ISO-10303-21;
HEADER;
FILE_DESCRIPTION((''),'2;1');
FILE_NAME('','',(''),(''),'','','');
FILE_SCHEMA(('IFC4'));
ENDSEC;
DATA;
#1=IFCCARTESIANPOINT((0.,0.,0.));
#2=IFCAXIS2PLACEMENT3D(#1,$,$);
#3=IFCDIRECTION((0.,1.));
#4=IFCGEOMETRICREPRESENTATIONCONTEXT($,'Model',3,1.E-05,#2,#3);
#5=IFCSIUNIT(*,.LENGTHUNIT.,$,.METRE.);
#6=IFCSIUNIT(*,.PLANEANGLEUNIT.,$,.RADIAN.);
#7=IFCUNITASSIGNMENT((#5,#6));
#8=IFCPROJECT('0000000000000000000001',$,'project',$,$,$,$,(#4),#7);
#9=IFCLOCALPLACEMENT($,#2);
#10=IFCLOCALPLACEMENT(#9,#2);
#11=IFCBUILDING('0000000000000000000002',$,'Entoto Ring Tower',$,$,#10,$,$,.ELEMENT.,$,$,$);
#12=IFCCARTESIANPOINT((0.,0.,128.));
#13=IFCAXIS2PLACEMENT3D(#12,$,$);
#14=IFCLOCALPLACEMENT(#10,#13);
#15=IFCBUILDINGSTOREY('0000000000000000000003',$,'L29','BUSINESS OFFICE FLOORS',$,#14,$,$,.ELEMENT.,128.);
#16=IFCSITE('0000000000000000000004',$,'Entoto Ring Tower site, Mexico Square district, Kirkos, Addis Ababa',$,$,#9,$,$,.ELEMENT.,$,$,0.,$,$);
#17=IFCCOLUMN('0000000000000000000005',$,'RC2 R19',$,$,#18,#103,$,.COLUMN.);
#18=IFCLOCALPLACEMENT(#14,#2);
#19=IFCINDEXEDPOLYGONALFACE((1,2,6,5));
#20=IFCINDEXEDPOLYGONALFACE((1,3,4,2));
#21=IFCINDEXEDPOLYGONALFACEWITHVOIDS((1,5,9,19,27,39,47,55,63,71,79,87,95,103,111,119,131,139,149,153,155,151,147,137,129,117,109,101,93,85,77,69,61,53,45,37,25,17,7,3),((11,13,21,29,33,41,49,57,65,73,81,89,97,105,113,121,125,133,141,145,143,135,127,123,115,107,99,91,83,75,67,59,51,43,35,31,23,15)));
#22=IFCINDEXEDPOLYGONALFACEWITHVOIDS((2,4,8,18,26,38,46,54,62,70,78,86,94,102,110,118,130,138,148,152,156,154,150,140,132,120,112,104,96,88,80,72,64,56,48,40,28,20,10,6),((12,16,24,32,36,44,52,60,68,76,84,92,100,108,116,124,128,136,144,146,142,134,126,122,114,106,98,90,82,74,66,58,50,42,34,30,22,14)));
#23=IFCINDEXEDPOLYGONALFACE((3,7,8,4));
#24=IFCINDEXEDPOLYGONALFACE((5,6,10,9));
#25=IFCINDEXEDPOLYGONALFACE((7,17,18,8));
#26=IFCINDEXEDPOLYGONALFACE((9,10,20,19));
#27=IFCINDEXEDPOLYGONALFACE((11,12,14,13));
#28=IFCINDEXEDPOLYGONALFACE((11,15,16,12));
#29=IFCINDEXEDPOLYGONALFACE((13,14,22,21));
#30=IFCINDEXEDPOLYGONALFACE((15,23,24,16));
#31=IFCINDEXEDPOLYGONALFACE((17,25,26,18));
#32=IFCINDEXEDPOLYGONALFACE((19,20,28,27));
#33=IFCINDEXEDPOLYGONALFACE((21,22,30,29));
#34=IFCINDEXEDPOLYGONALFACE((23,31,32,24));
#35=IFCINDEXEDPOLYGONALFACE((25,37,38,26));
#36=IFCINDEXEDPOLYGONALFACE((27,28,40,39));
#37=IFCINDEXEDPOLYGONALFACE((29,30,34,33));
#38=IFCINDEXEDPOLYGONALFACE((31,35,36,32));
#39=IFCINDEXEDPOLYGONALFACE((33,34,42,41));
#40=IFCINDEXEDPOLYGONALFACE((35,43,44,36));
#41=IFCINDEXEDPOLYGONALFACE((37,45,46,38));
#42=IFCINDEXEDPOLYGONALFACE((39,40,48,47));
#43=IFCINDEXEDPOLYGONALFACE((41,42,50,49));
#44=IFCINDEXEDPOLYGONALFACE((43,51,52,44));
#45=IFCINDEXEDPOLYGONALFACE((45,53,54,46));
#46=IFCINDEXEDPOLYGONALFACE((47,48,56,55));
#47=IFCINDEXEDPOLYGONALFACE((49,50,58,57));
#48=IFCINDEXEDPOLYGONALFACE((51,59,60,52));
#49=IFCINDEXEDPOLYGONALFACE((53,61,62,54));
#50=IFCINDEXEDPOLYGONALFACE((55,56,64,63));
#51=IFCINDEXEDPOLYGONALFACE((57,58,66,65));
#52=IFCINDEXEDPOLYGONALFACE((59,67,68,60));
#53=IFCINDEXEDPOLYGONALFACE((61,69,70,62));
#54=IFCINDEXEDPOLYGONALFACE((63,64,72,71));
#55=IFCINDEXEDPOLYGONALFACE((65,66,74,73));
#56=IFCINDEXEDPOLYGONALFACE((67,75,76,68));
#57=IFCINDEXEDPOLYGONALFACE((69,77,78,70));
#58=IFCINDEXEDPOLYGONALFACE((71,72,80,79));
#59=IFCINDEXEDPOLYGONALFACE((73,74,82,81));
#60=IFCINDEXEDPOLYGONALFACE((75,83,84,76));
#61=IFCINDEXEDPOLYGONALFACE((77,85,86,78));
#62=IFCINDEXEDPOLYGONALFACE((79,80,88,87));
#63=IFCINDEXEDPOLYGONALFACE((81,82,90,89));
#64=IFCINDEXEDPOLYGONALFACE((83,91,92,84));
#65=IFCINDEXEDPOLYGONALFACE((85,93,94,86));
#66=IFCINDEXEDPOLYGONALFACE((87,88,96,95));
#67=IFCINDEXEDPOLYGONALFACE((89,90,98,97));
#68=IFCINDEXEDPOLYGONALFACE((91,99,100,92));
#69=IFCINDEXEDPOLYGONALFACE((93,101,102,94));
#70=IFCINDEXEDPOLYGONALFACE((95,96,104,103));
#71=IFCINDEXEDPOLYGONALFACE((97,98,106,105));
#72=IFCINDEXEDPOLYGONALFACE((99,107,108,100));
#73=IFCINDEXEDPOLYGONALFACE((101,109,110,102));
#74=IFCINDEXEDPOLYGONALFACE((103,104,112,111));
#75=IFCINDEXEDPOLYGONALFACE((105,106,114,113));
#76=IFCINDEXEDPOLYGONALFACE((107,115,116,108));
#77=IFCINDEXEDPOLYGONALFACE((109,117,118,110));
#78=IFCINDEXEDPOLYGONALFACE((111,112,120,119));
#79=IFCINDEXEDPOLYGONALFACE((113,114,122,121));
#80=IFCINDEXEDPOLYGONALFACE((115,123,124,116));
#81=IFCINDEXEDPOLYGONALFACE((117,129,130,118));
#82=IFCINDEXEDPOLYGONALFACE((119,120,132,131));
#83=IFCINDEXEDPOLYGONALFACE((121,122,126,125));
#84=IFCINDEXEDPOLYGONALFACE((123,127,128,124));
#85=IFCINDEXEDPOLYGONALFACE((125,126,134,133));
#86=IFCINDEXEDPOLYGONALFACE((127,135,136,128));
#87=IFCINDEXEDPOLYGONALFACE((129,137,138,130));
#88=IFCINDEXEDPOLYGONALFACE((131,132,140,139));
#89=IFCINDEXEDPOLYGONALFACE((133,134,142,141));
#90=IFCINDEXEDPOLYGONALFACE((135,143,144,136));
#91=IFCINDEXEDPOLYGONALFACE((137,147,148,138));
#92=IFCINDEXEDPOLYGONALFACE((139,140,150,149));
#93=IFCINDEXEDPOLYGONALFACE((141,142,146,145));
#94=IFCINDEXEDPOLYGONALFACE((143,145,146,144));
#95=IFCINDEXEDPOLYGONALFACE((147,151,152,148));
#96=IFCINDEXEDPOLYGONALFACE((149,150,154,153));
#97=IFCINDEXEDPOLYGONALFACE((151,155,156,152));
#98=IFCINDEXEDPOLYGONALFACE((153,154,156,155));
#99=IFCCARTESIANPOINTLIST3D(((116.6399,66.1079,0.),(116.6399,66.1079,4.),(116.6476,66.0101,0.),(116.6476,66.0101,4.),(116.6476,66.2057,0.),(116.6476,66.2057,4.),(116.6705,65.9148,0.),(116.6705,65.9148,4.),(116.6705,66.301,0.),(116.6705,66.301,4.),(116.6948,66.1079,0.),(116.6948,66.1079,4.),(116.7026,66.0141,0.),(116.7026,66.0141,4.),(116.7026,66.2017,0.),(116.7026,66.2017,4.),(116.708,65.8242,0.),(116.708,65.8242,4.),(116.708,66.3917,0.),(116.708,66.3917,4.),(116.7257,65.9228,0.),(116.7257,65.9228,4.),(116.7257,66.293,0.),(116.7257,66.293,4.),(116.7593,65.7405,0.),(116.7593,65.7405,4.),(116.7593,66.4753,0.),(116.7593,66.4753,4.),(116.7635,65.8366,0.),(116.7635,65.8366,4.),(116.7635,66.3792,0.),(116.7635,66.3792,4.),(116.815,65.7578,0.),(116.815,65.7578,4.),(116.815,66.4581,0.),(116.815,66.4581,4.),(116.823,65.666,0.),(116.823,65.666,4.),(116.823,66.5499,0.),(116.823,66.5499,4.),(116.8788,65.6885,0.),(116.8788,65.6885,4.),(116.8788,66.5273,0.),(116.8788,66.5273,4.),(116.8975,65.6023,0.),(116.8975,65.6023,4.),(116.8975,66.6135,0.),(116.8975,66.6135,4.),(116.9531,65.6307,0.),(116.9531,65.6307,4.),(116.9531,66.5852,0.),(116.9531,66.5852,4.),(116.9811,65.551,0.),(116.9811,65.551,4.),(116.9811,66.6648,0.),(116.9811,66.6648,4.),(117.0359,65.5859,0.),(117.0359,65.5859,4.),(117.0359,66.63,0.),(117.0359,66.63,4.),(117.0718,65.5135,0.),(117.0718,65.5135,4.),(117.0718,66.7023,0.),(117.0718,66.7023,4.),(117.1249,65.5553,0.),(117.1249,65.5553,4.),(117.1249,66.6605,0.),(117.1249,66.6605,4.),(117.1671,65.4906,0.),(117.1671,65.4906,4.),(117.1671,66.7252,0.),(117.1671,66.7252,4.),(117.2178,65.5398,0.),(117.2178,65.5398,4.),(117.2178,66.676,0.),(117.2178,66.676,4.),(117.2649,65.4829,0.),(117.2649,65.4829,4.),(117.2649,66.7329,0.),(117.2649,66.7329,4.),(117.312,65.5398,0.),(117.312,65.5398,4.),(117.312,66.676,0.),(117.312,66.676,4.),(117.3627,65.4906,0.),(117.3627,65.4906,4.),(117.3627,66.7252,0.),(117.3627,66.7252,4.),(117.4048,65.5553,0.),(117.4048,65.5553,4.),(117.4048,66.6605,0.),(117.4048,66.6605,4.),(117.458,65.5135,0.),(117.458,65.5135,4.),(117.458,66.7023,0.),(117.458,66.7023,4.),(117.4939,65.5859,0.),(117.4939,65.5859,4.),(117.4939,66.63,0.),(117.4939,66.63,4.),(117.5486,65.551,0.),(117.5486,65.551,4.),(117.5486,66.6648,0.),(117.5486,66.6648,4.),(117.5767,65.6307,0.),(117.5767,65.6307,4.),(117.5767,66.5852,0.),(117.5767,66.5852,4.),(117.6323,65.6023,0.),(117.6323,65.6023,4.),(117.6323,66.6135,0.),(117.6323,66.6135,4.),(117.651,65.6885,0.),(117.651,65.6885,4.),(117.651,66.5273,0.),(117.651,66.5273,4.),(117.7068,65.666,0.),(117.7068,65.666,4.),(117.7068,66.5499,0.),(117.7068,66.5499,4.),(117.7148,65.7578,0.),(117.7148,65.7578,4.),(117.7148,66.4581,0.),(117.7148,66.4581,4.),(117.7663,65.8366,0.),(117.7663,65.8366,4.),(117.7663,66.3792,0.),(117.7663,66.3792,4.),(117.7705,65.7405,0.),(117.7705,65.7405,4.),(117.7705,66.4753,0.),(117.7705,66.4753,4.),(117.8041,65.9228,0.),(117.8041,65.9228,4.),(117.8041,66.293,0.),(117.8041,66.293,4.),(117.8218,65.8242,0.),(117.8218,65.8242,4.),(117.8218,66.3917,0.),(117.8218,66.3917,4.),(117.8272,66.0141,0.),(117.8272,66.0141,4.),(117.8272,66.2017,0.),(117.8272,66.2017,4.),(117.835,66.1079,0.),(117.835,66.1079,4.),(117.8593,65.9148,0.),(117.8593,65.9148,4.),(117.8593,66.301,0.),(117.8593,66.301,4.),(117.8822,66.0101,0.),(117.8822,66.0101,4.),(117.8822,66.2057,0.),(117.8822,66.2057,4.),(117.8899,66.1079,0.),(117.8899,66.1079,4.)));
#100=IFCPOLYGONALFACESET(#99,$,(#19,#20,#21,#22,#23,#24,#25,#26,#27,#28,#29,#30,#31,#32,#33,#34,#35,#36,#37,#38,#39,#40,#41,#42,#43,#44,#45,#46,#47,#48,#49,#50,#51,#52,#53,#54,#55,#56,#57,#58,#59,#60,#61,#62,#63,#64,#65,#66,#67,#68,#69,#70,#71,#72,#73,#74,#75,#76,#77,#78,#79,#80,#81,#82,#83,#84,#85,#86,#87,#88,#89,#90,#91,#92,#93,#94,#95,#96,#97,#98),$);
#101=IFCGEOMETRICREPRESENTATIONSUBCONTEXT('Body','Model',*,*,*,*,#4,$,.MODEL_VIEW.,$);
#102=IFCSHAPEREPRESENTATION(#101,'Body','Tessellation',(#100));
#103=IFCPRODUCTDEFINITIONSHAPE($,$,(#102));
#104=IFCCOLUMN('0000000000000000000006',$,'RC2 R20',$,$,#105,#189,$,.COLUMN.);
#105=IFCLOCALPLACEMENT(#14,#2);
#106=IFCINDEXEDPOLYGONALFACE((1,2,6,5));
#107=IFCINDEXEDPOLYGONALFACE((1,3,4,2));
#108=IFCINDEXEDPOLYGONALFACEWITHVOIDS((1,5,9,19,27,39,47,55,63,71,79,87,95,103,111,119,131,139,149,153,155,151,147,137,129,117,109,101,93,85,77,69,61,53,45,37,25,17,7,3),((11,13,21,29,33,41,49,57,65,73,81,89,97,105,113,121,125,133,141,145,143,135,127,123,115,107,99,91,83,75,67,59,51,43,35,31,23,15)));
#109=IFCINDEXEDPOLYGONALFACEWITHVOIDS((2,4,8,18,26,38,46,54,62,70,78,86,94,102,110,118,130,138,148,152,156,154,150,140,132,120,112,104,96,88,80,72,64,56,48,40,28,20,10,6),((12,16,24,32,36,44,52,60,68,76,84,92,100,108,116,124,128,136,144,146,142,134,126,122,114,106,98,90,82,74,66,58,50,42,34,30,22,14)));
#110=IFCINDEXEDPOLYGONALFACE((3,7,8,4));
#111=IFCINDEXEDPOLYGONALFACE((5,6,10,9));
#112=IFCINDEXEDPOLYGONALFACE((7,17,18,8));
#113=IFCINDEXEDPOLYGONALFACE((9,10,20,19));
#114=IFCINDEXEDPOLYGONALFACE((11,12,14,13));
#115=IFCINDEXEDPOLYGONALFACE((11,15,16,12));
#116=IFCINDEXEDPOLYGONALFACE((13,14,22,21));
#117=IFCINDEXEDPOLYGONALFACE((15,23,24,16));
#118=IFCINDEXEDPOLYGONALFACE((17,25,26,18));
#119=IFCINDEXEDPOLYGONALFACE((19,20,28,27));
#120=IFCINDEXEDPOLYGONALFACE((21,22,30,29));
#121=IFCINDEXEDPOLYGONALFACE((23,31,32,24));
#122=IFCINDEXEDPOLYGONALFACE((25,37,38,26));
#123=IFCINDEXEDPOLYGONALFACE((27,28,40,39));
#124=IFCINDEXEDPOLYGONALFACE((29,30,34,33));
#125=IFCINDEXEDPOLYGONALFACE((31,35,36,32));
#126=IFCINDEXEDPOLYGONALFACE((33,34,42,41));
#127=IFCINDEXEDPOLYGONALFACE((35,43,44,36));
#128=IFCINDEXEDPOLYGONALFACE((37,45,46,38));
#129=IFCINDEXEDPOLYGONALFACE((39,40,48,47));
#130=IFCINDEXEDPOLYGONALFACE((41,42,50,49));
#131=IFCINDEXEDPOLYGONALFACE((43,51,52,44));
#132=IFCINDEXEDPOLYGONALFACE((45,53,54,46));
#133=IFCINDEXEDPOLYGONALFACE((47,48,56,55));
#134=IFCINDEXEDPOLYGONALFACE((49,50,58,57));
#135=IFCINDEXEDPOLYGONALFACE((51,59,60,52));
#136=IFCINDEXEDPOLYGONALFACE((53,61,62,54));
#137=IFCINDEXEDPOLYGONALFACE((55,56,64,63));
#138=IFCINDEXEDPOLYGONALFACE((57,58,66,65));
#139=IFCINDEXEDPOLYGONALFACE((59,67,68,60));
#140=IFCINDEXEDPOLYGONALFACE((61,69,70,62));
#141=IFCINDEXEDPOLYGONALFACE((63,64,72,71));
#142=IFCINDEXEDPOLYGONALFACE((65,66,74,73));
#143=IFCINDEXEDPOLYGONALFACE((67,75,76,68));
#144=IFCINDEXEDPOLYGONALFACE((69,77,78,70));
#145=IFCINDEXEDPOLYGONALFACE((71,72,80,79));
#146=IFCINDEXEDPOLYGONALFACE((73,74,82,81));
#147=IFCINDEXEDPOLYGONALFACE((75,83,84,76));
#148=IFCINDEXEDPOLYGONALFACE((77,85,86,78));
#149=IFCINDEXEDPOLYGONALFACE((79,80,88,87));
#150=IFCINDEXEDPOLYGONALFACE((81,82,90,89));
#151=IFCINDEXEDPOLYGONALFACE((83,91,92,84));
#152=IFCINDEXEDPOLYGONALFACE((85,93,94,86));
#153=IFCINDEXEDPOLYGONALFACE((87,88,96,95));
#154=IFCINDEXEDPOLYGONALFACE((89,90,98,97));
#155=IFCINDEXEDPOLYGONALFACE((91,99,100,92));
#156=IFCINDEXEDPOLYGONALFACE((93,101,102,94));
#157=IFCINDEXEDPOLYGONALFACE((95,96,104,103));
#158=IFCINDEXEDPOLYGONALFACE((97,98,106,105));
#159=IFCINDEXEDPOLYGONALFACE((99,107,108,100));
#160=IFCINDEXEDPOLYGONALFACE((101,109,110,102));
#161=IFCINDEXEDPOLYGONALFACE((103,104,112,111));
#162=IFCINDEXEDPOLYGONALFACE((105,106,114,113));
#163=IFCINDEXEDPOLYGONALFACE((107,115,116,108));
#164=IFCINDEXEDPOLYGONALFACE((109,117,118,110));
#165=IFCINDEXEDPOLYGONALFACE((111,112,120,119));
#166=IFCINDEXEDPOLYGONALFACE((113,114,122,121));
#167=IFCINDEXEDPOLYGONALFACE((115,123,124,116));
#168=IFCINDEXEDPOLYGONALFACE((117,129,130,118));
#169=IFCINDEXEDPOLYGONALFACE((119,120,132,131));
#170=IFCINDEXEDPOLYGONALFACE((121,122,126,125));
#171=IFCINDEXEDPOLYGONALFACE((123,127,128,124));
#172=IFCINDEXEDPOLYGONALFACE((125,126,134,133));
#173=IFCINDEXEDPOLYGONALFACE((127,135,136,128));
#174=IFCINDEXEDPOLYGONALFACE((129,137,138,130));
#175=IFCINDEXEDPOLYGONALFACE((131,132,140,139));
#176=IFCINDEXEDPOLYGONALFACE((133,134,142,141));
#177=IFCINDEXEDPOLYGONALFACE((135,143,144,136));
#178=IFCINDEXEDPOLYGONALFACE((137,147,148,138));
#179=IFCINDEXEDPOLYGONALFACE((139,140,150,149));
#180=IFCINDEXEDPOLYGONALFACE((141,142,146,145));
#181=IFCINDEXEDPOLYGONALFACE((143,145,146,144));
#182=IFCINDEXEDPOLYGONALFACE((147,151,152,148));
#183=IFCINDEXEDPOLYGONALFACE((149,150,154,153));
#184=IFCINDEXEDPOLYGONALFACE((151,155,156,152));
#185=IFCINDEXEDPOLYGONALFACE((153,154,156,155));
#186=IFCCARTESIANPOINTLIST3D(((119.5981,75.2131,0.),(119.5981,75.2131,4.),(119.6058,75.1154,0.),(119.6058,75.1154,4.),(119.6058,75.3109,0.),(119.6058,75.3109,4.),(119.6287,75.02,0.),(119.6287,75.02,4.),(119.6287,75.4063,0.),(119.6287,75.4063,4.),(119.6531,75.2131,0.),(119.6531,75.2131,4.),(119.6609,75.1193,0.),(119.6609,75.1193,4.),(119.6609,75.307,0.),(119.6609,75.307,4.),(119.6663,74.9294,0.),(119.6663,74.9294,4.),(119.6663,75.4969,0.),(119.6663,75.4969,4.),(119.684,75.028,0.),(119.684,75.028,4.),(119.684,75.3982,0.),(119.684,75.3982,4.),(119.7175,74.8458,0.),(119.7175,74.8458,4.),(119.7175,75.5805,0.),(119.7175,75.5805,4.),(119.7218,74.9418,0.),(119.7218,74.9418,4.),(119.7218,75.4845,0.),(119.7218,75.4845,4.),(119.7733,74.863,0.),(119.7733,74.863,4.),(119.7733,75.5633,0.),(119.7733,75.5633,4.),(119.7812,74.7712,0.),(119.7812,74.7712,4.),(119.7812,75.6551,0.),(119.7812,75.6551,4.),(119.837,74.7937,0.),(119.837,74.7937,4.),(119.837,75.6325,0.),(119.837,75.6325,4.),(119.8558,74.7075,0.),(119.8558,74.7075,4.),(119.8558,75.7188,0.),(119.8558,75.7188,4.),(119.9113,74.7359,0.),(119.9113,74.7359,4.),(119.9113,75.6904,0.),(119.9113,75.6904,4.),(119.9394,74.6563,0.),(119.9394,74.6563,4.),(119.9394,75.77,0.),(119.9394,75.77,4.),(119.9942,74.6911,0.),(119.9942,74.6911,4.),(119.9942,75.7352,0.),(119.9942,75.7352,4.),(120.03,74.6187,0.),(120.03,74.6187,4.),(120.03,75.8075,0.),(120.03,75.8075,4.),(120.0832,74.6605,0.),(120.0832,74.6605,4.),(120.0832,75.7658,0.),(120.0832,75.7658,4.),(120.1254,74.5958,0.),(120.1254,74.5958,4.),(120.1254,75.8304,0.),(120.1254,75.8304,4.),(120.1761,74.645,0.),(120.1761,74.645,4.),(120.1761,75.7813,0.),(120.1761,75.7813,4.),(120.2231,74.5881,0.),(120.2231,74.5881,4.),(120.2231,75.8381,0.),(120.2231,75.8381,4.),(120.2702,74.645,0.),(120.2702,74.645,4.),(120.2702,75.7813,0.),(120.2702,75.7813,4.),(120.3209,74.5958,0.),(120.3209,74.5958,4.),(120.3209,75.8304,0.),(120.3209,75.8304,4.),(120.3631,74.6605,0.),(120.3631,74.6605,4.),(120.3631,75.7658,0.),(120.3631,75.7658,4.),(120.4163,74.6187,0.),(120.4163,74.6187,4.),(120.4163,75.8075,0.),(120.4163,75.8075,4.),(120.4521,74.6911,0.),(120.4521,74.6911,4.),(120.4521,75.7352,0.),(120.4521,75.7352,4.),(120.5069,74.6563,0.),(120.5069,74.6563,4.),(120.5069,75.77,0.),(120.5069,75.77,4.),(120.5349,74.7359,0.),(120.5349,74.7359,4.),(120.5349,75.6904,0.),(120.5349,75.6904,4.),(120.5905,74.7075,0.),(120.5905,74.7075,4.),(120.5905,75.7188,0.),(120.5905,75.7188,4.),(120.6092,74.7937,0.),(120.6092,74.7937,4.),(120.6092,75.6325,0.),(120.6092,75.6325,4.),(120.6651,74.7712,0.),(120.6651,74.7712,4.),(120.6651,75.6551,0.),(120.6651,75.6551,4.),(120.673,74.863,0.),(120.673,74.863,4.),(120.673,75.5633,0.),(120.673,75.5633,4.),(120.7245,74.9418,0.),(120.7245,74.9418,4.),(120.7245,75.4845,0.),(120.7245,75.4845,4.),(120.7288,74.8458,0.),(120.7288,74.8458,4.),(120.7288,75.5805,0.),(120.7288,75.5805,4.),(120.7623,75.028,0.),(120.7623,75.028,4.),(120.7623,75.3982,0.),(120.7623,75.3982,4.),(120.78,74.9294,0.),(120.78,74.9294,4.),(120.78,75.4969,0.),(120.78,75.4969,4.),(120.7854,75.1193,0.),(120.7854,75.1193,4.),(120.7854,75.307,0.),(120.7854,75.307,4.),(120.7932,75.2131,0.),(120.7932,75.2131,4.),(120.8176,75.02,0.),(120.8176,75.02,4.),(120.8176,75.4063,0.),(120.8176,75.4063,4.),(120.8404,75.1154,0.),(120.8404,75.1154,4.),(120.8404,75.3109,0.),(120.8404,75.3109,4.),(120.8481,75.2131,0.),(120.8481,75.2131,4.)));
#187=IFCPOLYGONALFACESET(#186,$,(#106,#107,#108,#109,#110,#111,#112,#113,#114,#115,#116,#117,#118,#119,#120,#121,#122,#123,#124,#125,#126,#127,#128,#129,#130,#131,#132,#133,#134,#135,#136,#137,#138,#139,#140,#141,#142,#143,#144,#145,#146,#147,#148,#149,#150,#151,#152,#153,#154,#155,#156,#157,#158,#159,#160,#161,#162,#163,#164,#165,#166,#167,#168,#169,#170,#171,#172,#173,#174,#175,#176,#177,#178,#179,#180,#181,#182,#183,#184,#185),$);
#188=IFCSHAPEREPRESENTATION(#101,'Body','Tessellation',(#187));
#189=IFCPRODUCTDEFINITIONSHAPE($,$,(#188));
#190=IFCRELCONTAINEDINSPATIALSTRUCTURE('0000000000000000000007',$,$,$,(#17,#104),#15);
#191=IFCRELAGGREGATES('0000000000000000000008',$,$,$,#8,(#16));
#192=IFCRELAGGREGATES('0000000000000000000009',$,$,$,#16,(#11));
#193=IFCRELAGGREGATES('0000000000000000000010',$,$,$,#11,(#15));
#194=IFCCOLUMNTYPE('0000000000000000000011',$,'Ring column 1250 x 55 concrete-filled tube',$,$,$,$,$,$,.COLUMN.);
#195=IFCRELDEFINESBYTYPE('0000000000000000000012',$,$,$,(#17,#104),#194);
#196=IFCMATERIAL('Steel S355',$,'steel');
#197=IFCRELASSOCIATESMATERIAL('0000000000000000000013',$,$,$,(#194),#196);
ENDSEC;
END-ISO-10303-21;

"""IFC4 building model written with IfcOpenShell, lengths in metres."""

from ifc_helpers import new_model, si_unit, direction, frame, origin, origin_2d, place, context, subcontext, project, spatial, circle, hollow_circle, extrude, material, material_profile, profile_set, type_object, element, save


model = new_model("IFC4")

# Units and contexts
model_context = context("Model", 3, precision=1e-05, world=origin(), true_north=direction((0.0, 1.0)))
body_context = subcontext(model_context, "Body", "Model", "MODEL_VIEW")
ifc_project = project(units=[si_unit("LENGTHUNIT", "METRE"), si_unit("PLANEANGLEUNIT", "RADIAN")], contexts=[model_context])

# Site, building, storey
site_placement = place(None, origin())
site = spatial("IfcSite", under=ifc_project, at=site_placement, Name="Entoto Ring Tower site, Mexico Square district, Kirkos, Addis Ababa", CompositionType="ELEMENT", RefElevation=0.0)
building_placement = place(site_placement, origin())
building = spatial("IfcBuilding", under=site, at=building_placement, Name="Entoto Ring Tower", CompositionType="ELEMENT")
storey_placement = place(building_placement, frame((0.0, 0.0, 128.0)))
storey = spatial("IfcBuildingStorey", under=building, at=storey_placement, Name="L29", Description="BUSINESS OFFICE FLOORS", CompositionType="ELEMENT", Elevation=128.0)

# Columns
ifc_material_1 = material(Name="Steel S355", Category="steel")
ifc_material_profile_1 = material_profile(ifc_material_1, hollow_circle(Radius=0.625, WallThickness=0.0549, at=origin_2d()), Name="CHS 1250 x 55")
ifc_material_2 = material(Name="Concrete C60/75", Category="concrete")
ifc_material_profile_2 = material_profile(ifc_material_2, circle(Radius=0.5701, at=origin_2d()), Name="Concrete C60/75 infill")
ifc_profile_set_1 = profile_set([ifc_material_profile_1, ifc_material_profile_2], Name="Steel S355")
column_type = type_object("IfcColumnType", Name="Ring column 1250 x 55 concrete-filled tube", PredefinedType="COLUMN", material=ifc_profile_set_1)
for number, where, z_axis, x_axis, name in (
    (1, (117.2649, 66.1079, 0.0), (0.0, 0.0, 1.0), (1.0, 0.0, 0.0), "RC2 R19"),
    (2, (120.2231, 75.2131, 0.0), (0.0, 0.0, 1.0), (1.0, 0.0, 0.0), "RC2 R20"),
):
    element("IfcColumn", number, at=place(storey_placement, frame(where, z_axis=z_axis, x_axis=x_axis)), inside=storey, type_object=column_type, Name=name, PredefinedType="COLUMN", context=body_context, shape_type="SweptSolid", body=[
        extrude(hollow_circle(Radius=0.625, WallThickness=0.0549, at=origin_2d()), origin(), (0.0, 0.0, 1.0), 4.0),
    ])

save(model, "model.ifc")
